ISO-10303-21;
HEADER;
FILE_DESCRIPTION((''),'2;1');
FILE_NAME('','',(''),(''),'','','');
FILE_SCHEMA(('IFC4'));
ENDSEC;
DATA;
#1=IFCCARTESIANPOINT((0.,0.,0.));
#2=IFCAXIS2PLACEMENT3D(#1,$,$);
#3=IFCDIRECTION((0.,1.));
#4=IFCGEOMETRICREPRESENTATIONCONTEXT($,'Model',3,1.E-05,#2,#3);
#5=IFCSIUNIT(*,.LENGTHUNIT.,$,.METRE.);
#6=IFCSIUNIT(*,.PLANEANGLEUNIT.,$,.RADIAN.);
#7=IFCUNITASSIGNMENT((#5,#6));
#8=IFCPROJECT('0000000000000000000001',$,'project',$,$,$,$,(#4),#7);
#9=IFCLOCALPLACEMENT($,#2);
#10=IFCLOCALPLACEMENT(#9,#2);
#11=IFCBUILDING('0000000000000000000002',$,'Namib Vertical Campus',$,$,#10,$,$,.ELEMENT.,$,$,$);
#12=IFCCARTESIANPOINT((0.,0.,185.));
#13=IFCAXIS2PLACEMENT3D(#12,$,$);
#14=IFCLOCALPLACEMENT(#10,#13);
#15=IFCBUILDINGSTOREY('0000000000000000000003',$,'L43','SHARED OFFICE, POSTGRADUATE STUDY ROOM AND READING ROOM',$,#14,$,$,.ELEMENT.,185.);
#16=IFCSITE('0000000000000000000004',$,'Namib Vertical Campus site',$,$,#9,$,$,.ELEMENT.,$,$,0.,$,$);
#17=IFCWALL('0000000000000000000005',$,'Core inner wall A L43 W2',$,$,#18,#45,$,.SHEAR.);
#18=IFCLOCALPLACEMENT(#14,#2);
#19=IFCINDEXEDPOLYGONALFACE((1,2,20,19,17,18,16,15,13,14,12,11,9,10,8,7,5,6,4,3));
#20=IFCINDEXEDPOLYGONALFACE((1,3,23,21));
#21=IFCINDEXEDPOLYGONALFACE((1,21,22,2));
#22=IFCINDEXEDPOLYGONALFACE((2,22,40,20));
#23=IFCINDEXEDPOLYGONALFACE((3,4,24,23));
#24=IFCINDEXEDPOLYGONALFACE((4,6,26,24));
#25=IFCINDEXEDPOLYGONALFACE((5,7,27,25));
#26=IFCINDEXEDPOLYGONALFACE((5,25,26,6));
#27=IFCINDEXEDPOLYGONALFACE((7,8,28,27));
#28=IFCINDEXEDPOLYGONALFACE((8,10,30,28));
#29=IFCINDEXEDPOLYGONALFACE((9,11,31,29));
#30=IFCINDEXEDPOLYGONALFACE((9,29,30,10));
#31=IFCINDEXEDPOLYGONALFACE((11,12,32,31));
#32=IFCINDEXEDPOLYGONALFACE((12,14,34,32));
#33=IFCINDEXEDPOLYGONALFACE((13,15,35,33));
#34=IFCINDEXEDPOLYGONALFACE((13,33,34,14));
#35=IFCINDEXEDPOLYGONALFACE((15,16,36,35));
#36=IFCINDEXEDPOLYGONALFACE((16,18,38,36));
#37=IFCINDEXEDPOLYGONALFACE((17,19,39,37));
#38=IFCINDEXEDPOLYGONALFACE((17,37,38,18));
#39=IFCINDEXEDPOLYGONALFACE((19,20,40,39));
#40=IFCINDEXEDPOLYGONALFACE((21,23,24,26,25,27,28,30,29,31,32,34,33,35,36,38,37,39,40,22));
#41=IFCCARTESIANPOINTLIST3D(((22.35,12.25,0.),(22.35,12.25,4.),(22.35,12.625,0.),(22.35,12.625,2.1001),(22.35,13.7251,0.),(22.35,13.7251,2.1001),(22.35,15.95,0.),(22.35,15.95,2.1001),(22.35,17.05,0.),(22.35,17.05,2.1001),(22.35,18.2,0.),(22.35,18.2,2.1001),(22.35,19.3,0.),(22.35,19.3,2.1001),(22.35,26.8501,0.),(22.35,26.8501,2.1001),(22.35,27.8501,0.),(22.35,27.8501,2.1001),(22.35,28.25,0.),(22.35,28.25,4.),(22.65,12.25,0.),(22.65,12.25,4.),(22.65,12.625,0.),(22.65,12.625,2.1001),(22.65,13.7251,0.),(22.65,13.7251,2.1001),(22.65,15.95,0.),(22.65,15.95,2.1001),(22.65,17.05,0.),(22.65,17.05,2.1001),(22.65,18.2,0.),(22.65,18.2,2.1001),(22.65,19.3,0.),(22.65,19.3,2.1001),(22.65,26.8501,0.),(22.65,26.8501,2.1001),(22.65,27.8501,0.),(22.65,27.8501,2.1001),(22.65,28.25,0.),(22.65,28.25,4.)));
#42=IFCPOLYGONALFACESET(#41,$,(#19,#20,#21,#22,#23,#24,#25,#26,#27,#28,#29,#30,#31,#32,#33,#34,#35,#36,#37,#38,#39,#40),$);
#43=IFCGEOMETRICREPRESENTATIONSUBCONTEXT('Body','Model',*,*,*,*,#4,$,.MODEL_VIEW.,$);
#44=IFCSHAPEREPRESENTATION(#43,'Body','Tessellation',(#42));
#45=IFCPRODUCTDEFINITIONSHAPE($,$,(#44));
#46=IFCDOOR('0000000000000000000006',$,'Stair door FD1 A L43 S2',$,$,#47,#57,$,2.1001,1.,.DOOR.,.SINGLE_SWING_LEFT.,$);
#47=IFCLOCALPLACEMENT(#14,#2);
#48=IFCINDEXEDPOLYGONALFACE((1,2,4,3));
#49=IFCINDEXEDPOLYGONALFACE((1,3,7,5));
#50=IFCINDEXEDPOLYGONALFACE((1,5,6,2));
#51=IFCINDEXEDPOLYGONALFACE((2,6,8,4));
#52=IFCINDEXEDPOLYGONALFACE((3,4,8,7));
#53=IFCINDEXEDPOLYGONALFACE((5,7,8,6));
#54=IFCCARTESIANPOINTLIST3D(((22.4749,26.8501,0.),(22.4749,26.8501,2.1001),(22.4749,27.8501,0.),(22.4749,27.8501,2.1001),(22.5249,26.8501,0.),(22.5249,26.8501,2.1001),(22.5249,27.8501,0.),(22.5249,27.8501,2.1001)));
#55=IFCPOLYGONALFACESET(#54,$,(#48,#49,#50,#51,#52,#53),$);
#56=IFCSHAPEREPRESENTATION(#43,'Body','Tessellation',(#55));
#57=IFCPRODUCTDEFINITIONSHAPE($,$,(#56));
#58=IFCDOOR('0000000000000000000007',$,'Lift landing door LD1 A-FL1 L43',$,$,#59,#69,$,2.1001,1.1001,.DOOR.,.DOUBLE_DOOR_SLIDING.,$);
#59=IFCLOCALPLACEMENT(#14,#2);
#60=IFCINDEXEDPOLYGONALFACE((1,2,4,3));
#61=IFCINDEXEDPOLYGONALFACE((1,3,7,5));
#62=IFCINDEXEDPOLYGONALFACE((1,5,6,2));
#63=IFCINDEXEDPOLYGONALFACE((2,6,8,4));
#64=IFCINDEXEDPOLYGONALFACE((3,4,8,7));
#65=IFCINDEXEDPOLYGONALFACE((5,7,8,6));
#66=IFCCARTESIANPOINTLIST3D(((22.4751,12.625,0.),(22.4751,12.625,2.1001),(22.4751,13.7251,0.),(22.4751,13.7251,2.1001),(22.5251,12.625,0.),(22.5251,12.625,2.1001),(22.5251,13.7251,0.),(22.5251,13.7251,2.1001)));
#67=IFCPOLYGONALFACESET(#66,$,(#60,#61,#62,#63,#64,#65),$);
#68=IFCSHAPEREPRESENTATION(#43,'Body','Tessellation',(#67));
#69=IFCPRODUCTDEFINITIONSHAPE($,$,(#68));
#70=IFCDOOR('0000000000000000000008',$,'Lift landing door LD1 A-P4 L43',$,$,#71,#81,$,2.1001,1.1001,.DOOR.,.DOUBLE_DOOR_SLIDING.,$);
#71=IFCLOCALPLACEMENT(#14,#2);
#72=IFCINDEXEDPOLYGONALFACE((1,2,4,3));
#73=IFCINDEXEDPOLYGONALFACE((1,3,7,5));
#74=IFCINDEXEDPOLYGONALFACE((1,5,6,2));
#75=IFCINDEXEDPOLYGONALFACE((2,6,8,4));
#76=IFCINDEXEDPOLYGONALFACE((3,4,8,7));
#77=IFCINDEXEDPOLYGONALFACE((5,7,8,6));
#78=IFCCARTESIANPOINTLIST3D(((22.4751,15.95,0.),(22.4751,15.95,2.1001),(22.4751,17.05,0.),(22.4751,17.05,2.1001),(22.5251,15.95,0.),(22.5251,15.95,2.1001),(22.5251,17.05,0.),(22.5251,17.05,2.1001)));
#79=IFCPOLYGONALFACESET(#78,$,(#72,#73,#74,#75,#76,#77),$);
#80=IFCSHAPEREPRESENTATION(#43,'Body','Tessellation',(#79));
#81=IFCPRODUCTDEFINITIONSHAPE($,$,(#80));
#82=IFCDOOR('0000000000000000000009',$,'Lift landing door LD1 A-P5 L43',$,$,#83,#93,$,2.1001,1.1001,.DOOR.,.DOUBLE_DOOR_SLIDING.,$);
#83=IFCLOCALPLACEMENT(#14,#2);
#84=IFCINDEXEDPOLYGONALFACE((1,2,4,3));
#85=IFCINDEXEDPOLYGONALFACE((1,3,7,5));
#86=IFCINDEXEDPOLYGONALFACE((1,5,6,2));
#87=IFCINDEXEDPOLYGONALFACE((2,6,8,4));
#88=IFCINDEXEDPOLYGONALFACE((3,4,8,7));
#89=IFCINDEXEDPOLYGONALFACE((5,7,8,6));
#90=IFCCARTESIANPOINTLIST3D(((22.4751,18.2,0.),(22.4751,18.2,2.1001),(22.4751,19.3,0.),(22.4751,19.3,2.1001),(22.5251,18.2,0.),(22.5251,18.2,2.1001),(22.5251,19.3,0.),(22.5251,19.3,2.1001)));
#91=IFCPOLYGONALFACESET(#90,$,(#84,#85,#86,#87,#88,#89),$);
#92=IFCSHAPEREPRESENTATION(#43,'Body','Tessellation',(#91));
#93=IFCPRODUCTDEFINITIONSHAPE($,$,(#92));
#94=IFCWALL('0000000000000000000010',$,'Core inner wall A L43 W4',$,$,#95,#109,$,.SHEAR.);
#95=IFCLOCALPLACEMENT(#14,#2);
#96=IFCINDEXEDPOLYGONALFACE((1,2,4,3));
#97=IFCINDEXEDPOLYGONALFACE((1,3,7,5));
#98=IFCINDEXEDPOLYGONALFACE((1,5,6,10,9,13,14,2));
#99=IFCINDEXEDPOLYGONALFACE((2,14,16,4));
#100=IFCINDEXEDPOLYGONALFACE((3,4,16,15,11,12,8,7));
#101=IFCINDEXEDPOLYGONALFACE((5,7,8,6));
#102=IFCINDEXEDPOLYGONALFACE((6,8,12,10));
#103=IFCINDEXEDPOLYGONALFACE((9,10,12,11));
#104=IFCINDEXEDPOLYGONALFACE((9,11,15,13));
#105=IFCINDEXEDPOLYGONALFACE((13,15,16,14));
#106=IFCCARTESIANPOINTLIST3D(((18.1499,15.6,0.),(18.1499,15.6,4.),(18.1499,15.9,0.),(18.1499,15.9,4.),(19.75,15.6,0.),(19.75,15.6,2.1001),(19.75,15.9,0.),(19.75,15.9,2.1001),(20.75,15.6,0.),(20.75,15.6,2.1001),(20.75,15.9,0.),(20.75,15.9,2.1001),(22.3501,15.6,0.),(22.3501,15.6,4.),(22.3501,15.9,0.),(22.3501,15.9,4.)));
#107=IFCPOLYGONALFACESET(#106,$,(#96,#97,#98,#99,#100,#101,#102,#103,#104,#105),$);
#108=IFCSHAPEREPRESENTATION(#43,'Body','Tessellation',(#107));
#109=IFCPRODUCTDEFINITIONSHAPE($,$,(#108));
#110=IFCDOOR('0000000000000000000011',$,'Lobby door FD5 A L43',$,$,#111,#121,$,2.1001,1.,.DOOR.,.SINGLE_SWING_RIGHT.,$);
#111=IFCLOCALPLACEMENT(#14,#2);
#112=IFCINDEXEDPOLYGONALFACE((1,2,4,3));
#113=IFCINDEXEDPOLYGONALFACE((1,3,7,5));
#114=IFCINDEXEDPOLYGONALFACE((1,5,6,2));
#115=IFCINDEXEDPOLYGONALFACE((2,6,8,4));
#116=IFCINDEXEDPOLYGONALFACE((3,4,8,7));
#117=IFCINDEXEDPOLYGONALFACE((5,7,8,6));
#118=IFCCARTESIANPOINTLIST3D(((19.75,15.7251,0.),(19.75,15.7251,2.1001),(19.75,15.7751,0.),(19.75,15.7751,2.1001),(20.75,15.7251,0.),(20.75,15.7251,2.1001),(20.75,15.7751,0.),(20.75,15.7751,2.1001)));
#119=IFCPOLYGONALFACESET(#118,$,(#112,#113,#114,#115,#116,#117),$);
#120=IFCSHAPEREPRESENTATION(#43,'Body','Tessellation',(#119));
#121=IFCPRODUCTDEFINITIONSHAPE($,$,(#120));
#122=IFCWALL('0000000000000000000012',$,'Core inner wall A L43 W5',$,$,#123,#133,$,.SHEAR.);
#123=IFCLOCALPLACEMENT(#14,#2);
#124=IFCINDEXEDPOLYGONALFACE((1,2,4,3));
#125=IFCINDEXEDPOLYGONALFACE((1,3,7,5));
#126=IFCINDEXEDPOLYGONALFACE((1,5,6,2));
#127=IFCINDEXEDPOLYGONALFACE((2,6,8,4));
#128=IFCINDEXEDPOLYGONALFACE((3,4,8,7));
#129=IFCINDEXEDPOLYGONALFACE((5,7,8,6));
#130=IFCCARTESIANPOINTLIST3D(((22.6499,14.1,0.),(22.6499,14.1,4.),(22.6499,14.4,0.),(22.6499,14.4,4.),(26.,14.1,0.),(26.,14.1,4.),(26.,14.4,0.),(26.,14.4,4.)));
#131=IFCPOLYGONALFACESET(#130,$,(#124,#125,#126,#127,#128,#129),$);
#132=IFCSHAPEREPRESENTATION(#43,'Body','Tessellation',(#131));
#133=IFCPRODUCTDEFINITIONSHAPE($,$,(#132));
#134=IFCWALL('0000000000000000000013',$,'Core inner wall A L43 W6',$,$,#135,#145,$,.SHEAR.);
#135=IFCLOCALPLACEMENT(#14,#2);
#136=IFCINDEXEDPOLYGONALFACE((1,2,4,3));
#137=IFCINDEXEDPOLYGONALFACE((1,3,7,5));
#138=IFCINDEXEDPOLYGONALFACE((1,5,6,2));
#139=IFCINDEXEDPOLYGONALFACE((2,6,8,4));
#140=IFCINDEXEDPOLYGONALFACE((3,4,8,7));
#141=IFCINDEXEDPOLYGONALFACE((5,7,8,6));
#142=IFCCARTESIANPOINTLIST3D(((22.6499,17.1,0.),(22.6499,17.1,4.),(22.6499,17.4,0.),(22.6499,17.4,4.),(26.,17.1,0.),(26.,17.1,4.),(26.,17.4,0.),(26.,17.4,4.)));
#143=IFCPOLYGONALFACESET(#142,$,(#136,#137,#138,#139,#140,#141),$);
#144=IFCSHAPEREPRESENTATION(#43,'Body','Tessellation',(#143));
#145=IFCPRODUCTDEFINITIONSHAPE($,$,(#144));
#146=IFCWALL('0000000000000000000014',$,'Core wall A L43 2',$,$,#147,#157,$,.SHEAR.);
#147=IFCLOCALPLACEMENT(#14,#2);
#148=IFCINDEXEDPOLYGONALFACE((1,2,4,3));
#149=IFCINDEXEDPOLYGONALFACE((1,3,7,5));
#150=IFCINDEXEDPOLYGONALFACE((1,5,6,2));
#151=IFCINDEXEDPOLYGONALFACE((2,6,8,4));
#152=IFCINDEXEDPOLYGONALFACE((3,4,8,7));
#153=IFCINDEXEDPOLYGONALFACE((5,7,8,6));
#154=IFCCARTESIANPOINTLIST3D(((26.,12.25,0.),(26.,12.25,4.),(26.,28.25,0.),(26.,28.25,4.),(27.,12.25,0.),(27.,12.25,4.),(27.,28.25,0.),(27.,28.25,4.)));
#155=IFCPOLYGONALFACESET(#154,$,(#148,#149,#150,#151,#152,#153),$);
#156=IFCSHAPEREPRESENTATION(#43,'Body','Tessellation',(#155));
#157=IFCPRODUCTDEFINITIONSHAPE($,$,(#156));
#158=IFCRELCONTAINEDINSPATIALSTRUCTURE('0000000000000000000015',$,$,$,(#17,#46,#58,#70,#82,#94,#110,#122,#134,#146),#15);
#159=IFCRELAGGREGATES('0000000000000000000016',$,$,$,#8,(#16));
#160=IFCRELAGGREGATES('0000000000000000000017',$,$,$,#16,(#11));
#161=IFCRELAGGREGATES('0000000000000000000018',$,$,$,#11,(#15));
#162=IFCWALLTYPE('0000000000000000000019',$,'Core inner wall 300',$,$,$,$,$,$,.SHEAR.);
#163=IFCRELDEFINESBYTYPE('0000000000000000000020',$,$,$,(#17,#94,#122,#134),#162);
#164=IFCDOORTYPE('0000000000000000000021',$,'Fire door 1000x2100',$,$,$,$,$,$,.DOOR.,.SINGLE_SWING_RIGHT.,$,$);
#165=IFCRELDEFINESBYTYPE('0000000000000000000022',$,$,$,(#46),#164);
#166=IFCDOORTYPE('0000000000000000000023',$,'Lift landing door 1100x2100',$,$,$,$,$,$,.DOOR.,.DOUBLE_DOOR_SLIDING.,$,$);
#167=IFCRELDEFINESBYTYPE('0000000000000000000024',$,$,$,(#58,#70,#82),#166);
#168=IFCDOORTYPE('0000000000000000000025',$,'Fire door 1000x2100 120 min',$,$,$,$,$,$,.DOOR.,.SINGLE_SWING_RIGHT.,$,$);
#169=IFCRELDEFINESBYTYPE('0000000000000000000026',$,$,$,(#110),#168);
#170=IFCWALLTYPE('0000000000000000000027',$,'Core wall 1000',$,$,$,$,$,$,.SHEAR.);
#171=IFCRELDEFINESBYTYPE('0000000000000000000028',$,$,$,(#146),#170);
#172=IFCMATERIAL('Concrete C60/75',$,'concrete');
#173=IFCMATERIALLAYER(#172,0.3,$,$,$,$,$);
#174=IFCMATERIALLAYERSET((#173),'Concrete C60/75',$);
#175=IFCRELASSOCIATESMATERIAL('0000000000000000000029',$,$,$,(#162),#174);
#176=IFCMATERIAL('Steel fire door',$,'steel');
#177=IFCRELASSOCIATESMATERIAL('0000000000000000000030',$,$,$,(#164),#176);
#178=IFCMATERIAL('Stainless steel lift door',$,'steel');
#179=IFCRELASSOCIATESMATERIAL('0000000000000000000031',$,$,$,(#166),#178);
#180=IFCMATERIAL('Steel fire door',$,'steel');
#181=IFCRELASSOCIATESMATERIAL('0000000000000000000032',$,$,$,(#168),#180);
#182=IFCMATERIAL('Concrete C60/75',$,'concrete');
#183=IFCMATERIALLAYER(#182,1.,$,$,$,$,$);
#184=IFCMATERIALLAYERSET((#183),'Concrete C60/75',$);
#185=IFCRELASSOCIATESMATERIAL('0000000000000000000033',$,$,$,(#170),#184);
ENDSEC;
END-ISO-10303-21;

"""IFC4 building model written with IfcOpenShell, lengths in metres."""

from ifc_helpers import new_model, si_unit, direction, frame, frame_2d, origin, place, context, subcontext, project, spatial, rectangle, extrude, material, layer, layer_set, type_object, element, fill, save


model = new_model("IFC4")

# Units and contexts
model_context = context("Model", 3, precision=1e-05, world=origin(), true_north=direction((0.0, 1.0)))
body_context = subcontext(model_context, "Body", "Model", "MODEL_VIEW")
ifc_project = project(units=[si_unit("LENGTHUNIT", "METRE"), si_unit("PLANEANGLEUNIT", "RADIAN")], contexts=[model_context])

# Site, building, storey
site_placement = place(None, origin())
site = spatial("IfcSite", under=ifc_project, at=site_placement, Name="Namib Vertical Campus site", CompositionType="ELEMENT", RefElevation=0.0)
building_placement = place(site_placement, origin())
building = spatial("IfcBuilding", under=site, at=building_placement, Name="Namib Vertical Campus", CompositionType="ELEMENT")
storey_placement = place(building_placement, frame((0.0, 0.0, 185.0)))
storey = spatial("IfcBuildingStorey", under=building, at=storey_placement, Name="L43", Description="SHARED OFFICE, POSTGRADUATE STUDY ROOM AND READING ROOM", CompositionType="ELEMENT", Elevation=185.0)

# Wall, openings, doors
ifc_material_1 = material(Name="Concrete C60/75", Category="concrete")
ifc_layer_1 = layer(ifc_material_1, 0.3)
ifc_layer_set_1 = layer_set([ifc_layer_1], Name="Concrete C60/75")
wall_type_1 = type_object("IfcWallType", Name="Core inner wall 300", PredefinedType="SHEAR", material=ifc_layer_set_1)
ifc_material_2 = material(Name="Steel fire door", Category="steel")
door_type_1 = type_object("IfcDoorType", Name="Fire door 1000x2100", OperationType="SINGLE_SWING_RIGHT", PredefinedType="DOOR", material=ifc_material_2)
ifc_material_3 = material(Name="Stainless steel lift door", Category="steel")
door_type_2 = type_object("IfcDoorType", Name="Lift landing door 1100x2100", OperationType="DOUBLE_DOOR_SLIDING", PredefinedType="DOOR", material=ifc_material_3)
wall_1_placement = place(storey_placement, frame((22.5, 12.25, 0.0), z_axis=(0.0, 0.0, 1.0), x_axis=(0.0, 1.0, 0.0)))
wall_1 = element("IfcWall", 1, at=wall_1_placement, inside=storey, type_object=wall_type_1, Name="Core inner wall A L43 W2", PredefinedType="SHEAR", context=body_context, shape_type="SweptSolid", body=[
    extrude(rectangle(XDim=16.0, YDim=0.3, at=frame_2d((8.0, 0.0))), origin(), (0.0, 0.0, 1.0), 4.0),
])
opening_1_placement = place(wall_1_placement, frame((14.6001, 0.0, 0.0)))
opening_1 = element("IfcOpeningElement", 2, at=opening_1_placement, cuts=wall_1, PredefinedType="OPENING", context=body_context, shape_type="SweptSolid", body=[
    extrude(rectangle(XDim=1.0, YDim=2.1001, at=frame_2d((0.5, 1.05))), frame((0.0, 0.1599, 0.0), z_axis=(0.0, -1.0, 0.0), x_axis=(1.0, 0.0, 0.0)), (0.0, 0.0, 1.0), 0.3201),
])
opening_2_placement = place(wall_1_placement, frame((0.375, 0.0, 0.0)))
opening_2 = element("IfcOpeningElement", 3, at=opening_2_placement, cuts=wall_1, PredefinedType="OPENING", context=body_context, shape_type="SweptSolid", body=[
    extrude(rectangle(XDim=1.1001, YDim=2.1001, at=frame_2d((0.55, 1.05))), frame((0.0, 0.1599, 0.0), z_axis=(0.0, -1.0, 0.0), x_axis=(1.0, 0.0, 0.0)), (0.0, 0.0, 1.0), 0.3201),
])
opening_3_placement = place(wall_1_placement, frame((3.7, 0.0, 0.0)))
opening_3 = element("IfcOpeningElement", 4, at=opening_3_placement, cuts=wall_1, PredefinedType="OPENING", context=body_context, shape_type="SweptSolid", body=[
    extrude(rectangle(XDim=1.1001, YDim=2.1001, at=frame_2d((0.55, 1.05))), frame((0.0, 0.1599, 0.0), z_axis=(0.0, -1.0, 0.0), x_axis=(1.0, 0.0, 0.0)), (0.0, 0.0, 1.0), 0.3201),
])
opening_4_placement = place(wall_1_placement, frame((5.95, 0.0, 0.0)))
opening_4 = element("IfcOpeningElement", 5, at=opening_4_placement, cuts=wall_1, PredefinedType="OPENING", context=body_context, shape_type="SweptSolid", body=[
    extrude(rectangle(XDim=1.1001, YDim=2.1001, at=frame_2d((0.55, 1.05))), frame((0.0, 0.1599, 0.0), z_axis=(0.0, -1.0, 0.0), x_axis=(1.0, 0.0, 0.0)), (0.0, 0.0, 1.0), 0.3201),
])
door_1_placement = place(opening_1_placement, frame((1.0, 0.0, 0.0), z_axis=(0.0, 0.0, 1.0), x_axis=(-1.0, 0.0, 0.0)))
door_1 = element("IfcDoor", 6, at=door_1_placement, inside=storey, type_object=door_type_1, Name="Stair door FD1 A L43 S2", OperationType="SINGLE_SWING_LEFT", OverallHeight=2.1001, OverallWidth=1.0, PredefinedType="DOOR", context=body_context, shape_type="SweptSolid", body=[
    extrude(rectangle(XDim=1.0, YDim=2.1001, at=frame_2d((0.5, 1.05))), frame((0.0, 0.0249, 0.0), z_axis=(0.0, -1.0, 0.0), x_axis=(1.0, 0.0, 0.0)), (0.0, 0.0, 1.0), 0.05),
])
fill(opening_1, door_1)
door_2_placement = place(opening_2_placement, origin())
door_2 = element("IfcDoor", 7, at=door_2_placement, inside=storey, type_object=door_type_2, Name="Lift landing door LD1 A-FL1 L43", OperationType="DOUBLE_DOOR_SLIDING", OverallHeight=2.1001, OverallWidth=1.1001, PredefinedType="DOOR", context=body_context, shape_type="SweptSolid", body=[
    extrude(rectangle(XDim=1.1001, YDim=2.1001, at=frame_2d((0.55, 1.05))), frame((0.0, 0.0249, 0.0), z_axis=(0.0, -1.0, 0.0), x_axis=(1.0, 0.0, 0.0)), (0.0, 0.0, 1.0), 0.05),
])
fill(opening_2, door_2)
door_3_placement = place(opening_3_placement, origin())
door_3 = element("IfcDoor", 8, at=door_3_placement, inside=storey, type_object=door_type_2, Name="Lift landing door LD1 A-P4 L43", OperationType="DOUBLE_DOOR_SLIDING", OverallHeight=2.1001, OverallWidth=1.1001, PredefinedType="DOOR", context=body_context, shape_type="SweptSolid", body=[
    extrude(rectangle(XDim=1.1001, YDim=2.1001, at=frame_2d((0.55, 1.05))), frame((0.0, 0.0249, 0.0), z_axis=(0.0, -1.0, 0.0), x_axis=(1.0, 0.0, 0.0)), (0.0, 0.0, 1.0), 0.05),
])
fill(opening_3, door_3)
door_4_placement = place(opening_4_placement, origin())
door_4 = element("IfcDoor", 9, at=door_4_placement, inside=storey, type_object=door_type_2, Name="Lift landing door LD1 A-P5 L43", OperationType="DOUBLE_DOOR_SLIDING", OverallHeight=2.1001, OverallWidth=1.1001, PredefinedType="DOOR", context=body_context, shape_type="SweptSolid", body=[
    extrude(rectangle(XDim=1.1001, YDim=2.1001, at=frame_2d((0.55, 1.05))), frame((0.0, 0.0249, 0.0), z_axis=(0.0, -1.0, 0.0), x_axis=(1.0, 0.0, 0.0)), (0.0, 0.0, 1.0), 0.05),
])
fill(opening_4, door_4)

# Wall, opening, door
wall_2_placement = place(storey_placement, frame((18.1499, 15.75, 0.0), z_axis=(0.0, 0.0, 1.0), x_axis=(1.0, 0.0, 0.0)))
wall_2 = element("IfcWall", 10, at=wall_2_placement, inside=storey, type_object=wall_type_1, Name="Core inner wall A L43 W4", PredefinedType="SHEAR", context=body_context, shape_type="SweptSolid", body=[
    extrude(rectangle(XDim=4.2002, YDim=0.3, at=frame_2d((2.1001, 0.0))), origin(), (0.0, 0.0, 1.0), 4.0),
])
opening_5_placement = place(wall_2_placement, frame((1.6001, 0.0, 0.0)))
opening_5 = element("IfcOpeningElement", 11, at=opening_5_placement, cuts=wall_2, PredefinedType="OPENING", context=body_context, shape_type="SweptSolid", body=[
    extrude(rectangle(XDim=1.0, YDim=2.1001, at=frame_2d((0.5, 1.05))), frame((0.0, 0.1599, 0.0), z_axis=(0.0, -1.0, 0.0), x_axis=(1.0, 0.0, 0.0)), (0.0, 0.0, 1.0), 0.3201),
])
ifc_material_4 = material(Name="Steel fire door", Category="steel")
door_type_3 = type_object("IfcDoorType", Name="Fire door 1000x2100 120 min", OperationType="SINGLE_SWING_RIGHT", PredefinedType="DOOR", material=ifc_material_4)
door_5_placement = place(opening_5_placement, frame((1.0, 0.0, 0.0), z_axis=(0.0, 0.0, 1.0), x_axis=(-1.0, 0.0, 0.0)))
door_5 = element("IfcDoor", 12, at=door_5_placement, inside=storey, type_object=door_type_3, Name="Lobby door FD5 A L43", OperationType="SINGLE_SWING_RIGHT", OverallHeight=2.1001, OverallWidth=1.0, PredefinedType="DOOR", context=body_context, shape_type="SweptSolid", body=[
    extrude(rectangle(XDim=1.0, YDim=2.1001, at=frame_2d((0.5, 1.05))), frame((0.0, 0.0249, 0.0), z_axis=(0.0, -1.0, 0.0), x_axis=(1.0, 0.0, 0.0)), (0.0, 0.0, 1.0), 0.05),
])
fill(opening_5, door_5)

# Walls
for number, where, z_axis, x_axis, name in (
    (13, (22.6499, 14.25, 0.0), (0.0, 0.0, 1.0), (1.0, 0.0, 0.0), "Core inner wall A L43 W5"),
    (14, (22.6499, 17.25, 0.0), (0.0, 0.0, 1.0), (1.0, 0.0, 0.0), "Core inner wall A L43 W6"),
):
    element("IfcWall", number, at=place(storey_placement, frame(where, z_axis=z_axis, x_axis=x_axis)), inside=storey, type_object=wall_type_1, Name=name, PredefinedType="SHEAR", context=body_context, shape_type="SweptSolid", body=[
        extrude(rectangle(XDim=3.3501, YDim=0.3, at=frame_2d((1.675, 0.0))), origin(), (0.0, 0.0, 1.0), 4.0),
    ])
ifc_material_5 = material(Name="Concrete C60/75", Category="concrete")
ifc_layer_2 = layer(ifc_material_5, 1.0)
ifc_layer_set_2 = layer_set([ifc_layer_2], Name="Concrete C60/75")
wall_type_2 = type_object("IfcWallType", Name="Core wall 1000", PredefinedType="SHEAR", material=ifc_layer_set_2)
wall_3_placement = place(storey_placement, frame((26.5, 12.25, 0.0), z_axis=(0.0, 0.0, 1.0), x_axis=(0.0, 1.0, 0.0)))
element("IfcWall", 15, at=wall_3_placement, inside=storey, type_object=wall_type_2, Name="Core wall A L43 2", PredefinedType="SHEAR", context=body_context, shape_type="SweptSolid", body=[
    extrude(rectangle(XDim=16.0, YDim=1.0, at=frame_2d((8.0, 0.0))), origin(), (0.0, 0.0, 1.0), 4.0),
])

save(model, "model.ifc")
